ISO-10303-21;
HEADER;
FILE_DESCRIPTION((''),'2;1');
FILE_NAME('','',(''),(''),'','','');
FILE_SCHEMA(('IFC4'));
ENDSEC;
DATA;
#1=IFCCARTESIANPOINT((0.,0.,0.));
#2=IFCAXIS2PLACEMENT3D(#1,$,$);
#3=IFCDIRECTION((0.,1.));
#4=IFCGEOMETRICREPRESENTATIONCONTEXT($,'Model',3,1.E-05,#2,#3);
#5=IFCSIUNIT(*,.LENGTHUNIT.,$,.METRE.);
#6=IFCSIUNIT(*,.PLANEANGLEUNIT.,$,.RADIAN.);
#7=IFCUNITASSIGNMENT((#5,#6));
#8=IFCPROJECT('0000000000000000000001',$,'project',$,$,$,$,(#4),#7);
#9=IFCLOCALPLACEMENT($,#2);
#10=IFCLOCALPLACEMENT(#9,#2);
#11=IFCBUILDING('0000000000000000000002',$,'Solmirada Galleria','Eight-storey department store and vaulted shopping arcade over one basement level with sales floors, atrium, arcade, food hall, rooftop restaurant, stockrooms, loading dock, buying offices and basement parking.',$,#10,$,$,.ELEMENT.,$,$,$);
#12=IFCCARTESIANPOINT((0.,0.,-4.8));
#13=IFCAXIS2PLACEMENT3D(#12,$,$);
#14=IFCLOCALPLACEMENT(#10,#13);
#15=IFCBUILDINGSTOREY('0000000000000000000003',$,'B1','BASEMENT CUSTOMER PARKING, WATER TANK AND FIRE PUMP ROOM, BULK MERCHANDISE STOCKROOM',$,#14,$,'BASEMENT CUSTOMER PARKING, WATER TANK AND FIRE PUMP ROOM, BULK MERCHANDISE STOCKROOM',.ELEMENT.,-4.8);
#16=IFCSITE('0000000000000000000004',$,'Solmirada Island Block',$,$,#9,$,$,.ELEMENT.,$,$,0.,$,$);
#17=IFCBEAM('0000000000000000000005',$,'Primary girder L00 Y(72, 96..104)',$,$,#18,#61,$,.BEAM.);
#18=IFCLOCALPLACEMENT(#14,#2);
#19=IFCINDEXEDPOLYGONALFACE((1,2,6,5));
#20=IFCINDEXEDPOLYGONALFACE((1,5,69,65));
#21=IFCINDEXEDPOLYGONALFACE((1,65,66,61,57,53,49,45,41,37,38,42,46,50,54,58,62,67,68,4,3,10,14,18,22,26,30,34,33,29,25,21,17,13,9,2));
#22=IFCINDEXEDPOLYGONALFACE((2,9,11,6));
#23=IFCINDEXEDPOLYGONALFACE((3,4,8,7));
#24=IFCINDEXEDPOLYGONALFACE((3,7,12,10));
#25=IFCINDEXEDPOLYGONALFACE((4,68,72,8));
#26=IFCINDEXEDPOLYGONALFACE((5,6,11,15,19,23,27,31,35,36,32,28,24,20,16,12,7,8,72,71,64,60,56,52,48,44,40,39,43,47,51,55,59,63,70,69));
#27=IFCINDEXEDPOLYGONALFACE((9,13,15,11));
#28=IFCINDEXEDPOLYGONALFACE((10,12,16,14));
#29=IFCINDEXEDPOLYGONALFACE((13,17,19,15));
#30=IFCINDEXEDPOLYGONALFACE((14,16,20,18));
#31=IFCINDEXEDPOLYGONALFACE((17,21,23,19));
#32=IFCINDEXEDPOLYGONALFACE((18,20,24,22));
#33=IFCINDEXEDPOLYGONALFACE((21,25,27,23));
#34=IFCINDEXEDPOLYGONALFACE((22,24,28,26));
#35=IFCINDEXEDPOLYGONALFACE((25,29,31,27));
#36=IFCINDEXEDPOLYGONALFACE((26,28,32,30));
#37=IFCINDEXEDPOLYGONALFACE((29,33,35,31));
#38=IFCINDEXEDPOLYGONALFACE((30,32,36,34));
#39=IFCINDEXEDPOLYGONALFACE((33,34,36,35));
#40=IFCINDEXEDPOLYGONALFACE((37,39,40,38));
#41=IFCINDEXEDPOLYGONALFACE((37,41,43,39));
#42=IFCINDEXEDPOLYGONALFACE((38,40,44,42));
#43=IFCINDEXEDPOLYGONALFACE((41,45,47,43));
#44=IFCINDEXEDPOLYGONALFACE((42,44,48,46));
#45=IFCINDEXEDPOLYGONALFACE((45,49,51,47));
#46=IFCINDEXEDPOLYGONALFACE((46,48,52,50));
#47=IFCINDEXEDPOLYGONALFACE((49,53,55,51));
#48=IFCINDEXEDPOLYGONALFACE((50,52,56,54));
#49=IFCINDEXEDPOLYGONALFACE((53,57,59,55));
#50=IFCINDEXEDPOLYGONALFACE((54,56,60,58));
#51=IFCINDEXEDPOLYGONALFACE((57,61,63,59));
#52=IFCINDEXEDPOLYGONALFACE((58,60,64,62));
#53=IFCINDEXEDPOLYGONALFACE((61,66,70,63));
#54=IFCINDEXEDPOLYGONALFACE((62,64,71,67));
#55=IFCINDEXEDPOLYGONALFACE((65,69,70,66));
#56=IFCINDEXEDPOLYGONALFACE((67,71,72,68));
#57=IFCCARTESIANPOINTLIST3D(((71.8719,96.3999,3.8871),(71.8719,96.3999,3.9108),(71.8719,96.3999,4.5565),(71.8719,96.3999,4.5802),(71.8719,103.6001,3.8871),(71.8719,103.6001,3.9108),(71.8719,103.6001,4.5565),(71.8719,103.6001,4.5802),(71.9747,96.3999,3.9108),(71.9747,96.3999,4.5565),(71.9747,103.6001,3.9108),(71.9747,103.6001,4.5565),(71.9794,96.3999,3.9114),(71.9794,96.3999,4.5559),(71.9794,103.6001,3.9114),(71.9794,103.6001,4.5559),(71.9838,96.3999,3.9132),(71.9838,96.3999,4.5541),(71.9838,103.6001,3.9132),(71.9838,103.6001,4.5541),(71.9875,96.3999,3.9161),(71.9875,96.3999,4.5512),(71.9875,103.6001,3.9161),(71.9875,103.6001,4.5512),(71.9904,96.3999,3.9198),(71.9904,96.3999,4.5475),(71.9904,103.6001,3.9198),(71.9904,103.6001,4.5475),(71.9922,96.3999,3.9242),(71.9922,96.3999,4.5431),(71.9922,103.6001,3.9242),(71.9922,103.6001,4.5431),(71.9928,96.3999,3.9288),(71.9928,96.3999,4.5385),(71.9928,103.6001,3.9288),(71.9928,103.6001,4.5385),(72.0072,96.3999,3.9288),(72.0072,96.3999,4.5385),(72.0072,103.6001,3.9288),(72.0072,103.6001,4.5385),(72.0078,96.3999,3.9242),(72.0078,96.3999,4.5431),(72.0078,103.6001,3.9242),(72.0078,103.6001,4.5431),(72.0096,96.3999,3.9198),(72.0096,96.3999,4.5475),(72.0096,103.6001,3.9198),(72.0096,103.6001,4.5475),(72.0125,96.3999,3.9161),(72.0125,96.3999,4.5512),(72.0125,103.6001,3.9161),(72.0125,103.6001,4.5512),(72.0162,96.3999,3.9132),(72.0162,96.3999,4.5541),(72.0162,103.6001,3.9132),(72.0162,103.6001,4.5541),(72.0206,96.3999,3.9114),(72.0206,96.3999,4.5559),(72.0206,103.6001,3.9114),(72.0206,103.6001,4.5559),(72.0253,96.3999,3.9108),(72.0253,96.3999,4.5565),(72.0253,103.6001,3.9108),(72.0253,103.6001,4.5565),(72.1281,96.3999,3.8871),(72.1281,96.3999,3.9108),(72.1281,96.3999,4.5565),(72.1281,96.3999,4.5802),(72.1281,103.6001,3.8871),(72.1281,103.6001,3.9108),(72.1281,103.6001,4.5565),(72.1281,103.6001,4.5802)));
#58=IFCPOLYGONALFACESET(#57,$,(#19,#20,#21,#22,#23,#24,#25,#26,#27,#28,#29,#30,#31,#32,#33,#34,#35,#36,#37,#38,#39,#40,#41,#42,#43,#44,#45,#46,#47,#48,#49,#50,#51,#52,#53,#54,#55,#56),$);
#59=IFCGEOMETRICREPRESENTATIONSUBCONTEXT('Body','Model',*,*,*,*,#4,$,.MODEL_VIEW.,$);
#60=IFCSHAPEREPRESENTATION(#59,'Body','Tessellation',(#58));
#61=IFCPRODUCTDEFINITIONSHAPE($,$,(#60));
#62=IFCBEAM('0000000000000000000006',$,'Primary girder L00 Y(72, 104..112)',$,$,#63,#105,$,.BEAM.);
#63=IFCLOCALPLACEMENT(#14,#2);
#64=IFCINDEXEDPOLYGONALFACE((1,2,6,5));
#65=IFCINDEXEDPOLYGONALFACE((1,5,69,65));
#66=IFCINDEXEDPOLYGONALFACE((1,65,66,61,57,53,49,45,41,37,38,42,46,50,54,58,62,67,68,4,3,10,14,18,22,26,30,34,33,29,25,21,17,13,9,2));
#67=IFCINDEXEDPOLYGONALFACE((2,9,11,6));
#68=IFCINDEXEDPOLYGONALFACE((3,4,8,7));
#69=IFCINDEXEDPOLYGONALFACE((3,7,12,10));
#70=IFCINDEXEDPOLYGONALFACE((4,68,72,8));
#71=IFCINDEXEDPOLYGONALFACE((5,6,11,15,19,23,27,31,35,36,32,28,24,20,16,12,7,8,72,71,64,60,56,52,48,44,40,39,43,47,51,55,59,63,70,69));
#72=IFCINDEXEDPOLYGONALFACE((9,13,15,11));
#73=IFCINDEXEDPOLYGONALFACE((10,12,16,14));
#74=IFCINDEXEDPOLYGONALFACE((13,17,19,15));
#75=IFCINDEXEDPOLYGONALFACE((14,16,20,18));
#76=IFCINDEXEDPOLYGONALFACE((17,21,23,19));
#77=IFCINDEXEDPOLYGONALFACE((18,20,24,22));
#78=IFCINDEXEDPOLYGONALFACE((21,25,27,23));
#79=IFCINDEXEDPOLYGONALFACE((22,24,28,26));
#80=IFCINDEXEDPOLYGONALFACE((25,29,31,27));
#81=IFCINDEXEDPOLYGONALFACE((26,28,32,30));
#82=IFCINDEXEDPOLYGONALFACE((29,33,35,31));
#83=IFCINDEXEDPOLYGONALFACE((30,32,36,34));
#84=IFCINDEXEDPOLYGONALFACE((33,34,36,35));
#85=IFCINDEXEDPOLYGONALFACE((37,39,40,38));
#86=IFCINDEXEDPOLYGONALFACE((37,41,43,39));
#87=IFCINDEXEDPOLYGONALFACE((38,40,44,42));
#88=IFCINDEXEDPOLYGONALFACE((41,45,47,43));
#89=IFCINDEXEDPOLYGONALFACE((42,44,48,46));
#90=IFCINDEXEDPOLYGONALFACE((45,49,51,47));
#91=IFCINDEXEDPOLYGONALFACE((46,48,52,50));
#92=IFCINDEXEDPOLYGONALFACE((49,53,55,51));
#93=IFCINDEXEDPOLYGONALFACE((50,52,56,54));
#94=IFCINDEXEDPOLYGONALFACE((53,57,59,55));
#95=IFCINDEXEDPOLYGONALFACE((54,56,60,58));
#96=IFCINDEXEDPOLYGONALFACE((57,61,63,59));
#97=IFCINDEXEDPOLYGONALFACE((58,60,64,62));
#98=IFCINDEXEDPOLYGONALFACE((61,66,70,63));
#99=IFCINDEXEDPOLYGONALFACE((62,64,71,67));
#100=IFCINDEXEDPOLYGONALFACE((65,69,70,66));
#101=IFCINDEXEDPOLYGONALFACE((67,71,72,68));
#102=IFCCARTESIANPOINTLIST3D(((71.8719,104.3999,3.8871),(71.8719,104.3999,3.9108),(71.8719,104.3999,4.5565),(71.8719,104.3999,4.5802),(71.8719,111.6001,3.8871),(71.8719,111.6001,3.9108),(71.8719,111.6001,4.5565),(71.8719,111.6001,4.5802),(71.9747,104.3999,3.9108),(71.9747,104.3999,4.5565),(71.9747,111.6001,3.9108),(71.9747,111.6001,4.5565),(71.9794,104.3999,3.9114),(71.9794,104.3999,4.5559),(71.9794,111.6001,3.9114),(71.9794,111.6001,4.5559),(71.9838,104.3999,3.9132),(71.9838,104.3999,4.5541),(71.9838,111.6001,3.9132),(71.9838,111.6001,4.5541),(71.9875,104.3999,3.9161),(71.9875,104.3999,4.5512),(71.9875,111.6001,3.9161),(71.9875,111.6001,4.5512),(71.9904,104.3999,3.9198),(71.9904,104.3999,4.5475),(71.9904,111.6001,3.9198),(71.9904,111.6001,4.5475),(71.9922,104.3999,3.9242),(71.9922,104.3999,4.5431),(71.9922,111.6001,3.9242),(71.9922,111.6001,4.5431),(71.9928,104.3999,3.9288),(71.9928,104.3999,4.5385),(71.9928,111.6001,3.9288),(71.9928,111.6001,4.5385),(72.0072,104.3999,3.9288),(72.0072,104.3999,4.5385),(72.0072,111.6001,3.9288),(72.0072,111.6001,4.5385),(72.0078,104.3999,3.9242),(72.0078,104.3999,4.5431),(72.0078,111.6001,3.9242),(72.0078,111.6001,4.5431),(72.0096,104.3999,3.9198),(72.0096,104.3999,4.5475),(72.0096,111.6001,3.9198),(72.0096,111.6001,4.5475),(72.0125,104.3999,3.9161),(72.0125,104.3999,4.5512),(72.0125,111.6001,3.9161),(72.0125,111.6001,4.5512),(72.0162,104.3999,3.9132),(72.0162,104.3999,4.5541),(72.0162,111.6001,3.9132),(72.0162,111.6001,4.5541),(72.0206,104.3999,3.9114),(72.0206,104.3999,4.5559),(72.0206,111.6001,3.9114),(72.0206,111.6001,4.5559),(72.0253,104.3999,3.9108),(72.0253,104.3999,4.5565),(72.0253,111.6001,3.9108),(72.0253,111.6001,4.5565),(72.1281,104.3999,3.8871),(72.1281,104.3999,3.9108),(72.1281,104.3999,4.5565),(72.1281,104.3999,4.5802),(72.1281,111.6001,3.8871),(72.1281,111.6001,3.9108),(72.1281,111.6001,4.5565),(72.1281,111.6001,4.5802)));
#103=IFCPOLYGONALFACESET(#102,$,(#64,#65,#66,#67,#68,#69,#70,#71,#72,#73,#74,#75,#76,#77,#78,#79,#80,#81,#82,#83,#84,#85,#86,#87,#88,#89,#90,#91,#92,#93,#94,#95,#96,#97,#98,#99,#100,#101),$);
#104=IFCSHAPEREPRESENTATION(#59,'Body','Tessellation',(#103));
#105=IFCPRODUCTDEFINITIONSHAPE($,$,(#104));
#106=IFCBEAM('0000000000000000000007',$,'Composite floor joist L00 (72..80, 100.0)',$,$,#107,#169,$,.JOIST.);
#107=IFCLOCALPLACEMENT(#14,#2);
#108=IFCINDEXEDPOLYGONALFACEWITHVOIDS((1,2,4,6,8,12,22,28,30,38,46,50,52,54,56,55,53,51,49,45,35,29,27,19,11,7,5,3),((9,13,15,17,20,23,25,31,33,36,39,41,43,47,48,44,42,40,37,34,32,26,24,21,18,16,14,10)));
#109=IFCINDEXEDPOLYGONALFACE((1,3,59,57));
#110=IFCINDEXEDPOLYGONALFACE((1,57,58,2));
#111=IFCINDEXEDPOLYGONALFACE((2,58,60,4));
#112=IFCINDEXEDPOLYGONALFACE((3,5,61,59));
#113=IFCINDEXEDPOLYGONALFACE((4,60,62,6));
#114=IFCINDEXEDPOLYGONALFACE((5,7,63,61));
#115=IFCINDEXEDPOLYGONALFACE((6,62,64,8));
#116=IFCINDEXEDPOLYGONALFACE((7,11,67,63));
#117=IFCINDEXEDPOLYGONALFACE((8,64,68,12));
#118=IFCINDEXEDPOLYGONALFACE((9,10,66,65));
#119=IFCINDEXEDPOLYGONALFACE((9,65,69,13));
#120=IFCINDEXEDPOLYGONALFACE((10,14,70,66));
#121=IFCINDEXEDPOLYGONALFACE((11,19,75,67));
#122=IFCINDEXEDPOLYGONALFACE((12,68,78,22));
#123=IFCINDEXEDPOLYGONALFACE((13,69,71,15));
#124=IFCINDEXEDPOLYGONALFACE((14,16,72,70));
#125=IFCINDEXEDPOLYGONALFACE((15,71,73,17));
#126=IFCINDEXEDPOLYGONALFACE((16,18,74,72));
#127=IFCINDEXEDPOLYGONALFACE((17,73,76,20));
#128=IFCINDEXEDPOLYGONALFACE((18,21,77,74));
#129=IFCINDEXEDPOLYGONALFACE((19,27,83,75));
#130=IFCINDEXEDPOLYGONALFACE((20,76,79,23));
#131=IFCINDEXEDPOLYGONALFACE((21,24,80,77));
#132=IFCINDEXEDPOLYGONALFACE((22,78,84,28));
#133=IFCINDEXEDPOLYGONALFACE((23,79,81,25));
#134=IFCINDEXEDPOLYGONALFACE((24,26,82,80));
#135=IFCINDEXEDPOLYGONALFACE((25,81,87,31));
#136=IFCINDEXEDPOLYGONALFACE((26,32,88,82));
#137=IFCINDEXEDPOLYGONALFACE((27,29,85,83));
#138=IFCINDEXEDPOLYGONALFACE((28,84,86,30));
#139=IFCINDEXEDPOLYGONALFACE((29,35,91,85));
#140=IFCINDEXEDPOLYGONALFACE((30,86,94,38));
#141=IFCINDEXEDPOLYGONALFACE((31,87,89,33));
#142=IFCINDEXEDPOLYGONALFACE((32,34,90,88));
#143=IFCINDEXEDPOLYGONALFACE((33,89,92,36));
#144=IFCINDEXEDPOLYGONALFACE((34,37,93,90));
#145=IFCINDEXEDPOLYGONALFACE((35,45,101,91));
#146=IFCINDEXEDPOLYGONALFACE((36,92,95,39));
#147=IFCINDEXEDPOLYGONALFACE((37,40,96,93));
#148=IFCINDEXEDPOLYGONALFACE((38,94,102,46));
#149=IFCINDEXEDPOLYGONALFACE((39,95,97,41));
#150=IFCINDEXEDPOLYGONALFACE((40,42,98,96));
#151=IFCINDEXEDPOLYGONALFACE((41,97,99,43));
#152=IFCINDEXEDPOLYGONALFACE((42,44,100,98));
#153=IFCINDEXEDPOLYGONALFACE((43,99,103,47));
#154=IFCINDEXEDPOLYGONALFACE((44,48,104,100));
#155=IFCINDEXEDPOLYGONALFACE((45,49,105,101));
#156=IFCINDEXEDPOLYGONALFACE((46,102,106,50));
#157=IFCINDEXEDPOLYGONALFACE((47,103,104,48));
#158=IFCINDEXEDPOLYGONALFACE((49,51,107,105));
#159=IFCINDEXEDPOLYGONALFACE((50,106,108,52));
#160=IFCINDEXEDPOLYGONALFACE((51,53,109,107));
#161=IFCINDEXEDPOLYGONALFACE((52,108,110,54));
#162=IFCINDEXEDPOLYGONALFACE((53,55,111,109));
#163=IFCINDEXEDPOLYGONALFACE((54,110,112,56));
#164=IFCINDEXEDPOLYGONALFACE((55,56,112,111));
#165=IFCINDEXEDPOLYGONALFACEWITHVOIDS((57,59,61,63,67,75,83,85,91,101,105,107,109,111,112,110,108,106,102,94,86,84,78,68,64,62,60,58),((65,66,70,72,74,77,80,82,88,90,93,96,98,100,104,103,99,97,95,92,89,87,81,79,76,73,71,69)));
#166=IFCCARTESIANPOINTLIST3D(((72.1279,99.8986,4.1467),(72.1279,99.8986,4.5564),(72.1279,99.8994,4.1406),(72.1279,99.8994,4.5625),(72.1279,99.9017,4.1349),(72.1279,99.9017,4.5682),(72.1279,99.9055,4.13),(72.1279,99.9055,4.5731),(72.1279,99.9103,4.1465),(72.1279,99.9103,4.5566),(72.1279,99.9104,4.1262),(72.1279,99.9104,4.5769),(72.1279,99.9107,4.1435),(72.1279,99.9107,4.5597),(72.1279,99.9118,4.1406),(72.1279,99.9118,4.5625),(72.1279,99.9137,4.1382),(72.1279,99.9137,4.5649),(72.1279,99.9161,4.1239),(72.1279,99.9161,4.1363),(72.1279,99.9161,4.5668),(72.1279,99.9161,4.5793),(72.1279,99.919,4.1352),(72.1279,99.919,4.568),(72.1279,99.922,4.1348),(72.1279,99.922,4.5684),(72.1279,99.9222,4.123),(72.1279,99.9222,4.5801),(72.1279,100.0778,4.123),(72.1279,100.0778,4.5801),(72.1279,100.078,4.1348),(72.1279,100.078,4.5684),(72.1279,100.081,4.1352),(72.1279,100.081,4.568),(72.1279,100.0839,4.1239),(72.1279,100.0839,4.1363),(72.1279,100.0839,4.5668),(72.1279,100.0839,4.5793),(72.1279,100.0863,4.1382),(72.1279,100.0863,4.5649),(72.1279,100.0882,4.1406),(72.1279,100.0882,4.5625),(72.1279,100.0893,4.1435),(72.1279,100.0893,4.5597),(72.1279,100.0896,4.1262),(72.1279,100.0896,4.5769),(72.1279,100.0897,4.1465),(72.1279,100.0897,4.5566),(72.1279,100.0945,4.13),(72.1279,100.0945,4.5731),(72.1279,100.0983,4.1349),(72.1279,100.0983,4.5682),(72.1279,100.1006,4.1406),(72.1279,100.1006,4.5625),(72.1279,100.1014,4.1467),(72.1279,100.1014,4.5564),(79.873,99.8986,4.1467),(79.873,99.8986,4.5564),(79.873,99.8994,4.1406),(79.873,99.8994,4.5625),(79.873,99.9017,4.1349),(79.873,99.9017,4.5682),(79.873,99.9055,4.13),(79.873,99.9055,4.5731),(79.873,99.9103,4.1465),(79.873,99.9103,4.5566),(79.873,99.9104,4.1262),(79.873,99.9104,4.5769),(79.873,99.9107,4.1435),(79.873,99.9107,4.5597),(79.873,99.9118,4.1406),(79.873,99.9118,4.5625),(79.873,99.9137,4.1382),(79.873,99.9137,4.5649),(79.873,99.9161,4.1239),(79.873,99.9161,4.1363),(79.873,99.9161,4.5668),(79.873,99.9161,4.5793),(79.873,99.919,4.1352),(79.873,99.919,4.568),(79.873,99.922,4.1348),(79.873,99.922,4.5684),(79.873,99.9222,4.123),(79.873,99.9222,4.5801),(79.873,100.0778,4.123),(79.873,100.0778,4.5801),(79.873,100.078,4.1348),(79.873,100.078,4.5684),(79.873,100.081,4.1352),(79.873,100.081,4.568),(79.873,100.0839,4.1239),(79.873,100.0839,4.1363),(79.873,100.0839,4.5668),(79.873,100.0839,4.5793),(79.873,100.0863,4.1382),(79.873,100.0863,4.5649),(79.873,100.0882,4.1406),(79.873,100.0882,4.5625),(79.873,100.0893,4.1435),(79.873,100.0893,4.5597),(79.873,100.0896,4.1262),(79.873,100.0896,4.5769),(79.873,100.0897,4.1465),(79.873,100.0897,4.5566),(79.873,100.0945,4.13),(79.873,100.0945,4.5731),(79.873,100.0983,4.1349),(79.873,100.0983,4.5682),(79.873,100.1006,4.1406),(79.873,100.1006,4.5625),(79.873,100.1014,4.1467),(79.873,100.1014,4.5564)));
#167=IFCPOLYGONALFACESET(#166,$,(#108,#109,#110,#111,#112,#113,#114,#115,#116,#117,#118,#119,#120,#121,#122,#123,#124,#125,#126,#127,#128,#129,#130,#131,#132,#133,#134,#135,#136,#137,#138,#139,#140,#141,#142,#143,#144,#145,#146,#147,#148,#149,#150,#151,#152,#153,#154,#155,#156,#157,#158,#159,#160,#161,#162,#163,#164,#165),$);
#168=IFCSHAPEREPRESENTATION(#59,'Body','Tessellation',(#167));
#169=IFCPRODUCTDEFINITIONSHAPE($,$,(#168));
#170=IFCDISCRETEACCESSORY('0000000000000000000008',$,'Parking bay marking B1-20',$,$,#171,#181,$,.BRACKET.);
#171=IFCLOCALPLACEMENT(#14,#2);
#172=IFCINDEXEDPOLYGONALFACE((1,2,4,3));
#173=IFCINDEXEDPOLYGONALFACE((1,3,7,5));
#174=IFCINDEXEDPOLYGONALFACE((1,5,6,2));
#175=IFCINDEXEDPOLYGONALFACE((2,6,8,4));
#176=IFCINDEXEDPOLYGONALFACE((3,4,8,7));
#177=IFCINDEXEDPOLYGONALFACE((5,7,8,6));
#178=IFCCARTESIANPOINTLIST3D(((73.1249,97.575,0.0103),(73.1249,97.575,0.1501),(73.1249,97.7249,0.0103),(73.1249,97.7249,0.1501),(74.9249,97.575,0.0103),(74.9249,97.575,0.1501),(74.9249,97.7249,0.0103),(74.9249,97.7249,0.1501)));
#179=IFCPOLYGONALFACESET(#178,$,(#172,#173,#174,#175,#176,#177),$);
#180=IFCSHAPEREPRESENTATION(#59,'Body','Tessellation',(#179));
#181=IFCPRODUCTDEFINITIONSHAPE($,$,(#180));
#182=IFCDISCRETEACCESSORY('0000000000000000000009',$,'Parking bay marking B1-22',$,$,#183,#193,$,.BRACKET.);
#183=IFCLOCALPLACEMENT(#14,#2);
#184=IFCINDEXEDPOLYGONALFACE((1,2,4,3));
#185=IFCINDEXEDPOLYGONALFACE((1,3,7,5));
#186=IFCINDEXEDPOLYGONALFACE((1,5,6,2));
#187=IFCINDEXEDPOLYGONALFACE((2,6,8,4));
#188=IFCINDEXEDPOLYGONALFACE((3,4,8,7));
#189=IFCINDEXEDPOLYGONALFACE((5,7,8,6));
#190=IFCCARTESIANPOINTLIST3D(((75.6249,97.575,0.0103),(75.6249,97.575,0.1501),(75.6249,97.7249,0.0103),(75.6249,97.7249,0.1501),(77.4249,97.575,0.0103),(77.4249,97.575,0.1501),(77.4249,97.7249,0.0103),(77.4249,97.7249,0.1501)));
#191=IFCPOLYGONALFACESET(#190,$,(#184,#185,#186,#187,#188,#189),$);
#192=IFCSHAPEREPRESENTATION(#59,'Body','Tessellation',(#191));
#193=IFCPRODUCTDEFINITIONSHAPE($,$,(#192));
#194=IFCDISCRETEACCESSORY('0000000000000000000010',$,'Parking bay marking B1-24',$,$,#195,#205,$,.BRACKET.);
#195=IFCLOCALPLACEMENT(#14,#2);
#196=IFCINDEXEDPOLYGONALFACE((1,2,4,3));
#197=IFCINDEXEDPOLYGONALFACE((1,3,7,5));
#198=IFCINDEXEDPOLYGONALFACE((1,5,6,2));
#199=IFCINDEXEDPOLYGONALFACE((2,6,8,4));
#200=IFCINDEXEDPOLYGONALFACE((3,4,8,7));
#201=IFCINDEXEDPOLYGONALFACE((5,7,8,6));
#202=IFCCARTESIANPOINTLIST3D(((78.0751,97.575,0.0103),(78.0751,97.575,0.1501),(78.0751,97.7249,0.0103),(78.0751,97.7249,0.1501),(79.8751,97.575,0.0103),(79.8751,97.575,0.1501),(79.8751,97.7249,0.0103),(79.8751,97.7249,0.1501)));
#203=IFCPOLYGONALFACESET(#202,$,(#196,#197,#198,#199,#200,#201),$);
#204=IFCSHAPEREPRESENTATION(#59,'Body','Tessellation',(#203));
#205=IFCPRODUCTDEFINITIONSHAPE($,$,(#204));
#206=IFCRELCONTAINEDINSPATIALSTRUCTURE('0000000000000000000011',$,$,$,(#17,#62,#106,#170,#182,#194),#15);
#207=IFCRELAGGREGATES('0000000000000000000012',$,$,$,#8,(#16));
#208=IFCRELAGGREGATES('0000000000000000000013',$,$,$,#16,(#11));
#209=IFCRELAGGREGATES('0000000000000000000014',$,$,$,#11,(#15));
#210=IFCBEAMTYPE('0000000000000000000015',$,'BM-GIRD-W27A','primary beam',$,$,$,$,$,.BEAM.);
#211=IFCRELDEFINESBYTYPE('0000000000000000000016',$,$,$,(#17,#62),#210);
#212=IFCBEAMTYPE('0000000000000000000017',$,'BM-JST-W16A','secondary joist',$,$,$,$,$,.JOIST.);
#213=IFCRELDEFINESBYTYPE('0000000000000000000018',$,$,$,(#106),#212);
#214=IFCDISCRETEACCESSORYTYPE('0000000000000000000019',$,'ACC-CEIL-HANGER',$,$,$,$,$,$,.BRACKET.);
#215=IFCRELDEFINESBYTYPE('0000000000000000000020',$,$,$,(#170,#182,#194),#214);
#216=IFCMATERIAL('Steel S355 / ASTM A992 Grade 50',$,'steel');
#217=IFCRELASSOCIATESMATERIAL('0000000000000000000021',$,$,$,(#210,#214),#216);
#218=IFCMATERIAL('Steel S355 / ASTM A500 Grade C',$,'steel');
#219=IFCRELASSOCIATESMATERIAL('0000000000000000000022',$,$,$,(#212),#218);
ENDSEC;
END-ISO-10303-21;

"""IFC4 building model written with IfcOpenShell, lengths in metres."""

from ifc_helpers import new_model, si_unit, direction, frame, origin, origin_2d, place, context, subcontext, project, spatial, rectangle, hollow_rectangle, i_section, extrude, material, material_profile, profile_set, type_object, element, save


model = new_model("IFC4")

# Units and contexts
model_context = context("Model", 3, precision=1e-05, world=origin(), true_north=direction((0.0, 1.0)))
body_context = subcontext(model_context, "Body", "Model", "MODEL_VIEW")
ifc_project = project(units=[si_unit("LENGTHUNIT", "METRE"), si_unit("PLANEANGLEUNIT", "RADIAN")], contexts=[model_context])

# Site, building, storey
site_placement = place(None, origin())
site = spatial("IfcSite", under=ifc_project, at=site_placement, Name="Solmirada Island Block", CompositionType="ELEMENT", RefElevation=0.0)
building_placement = place(site_placement, origin())
building = spatial("IfcBuilding", under=site, at=building_placement, Name="Solmirada Galleria", Description="Eight-storey department store and vaulted shopping arcade over one basement level with sales floors, atrium, arcade, food hall, rooftop restaurant, stockrooms, loading dock, buying offices and basement parking.", CompositionType="ELEMENT")
storey_placement = place(building_placement, frame((0.0, 0.0, -4.8)))
storey = spatial("IfcBuildingStorey", under=building, at=storey_placement, Name="B1", Description="BASEMENT CUSTOMER PARKING, WATER TANK AND FIRE PUMP ROOM, BULK MERCHANDISE STOCKROOM", LongName="BASEMENT CUSTOMER PARKING, WATER TANK AND FIRE PUMP ROOM, BULK MERCHANDISE STOCKROOM", CompositionType="ELEMENT", Elevation=-4.8)

# Beams
ifc_material_1 = material(Name="Steel S355 / ASTM A992 Grade 50", Category="steel")
ifc_material_profile_1 = material_profile(ifc_material_1, i_section(OverallWidth=0.2561, OverallDepth=0.6931, WebThickness=0.0144, FlangeThickness=0.0237, FilletRadius=0.0181, at=origin_2d()), Name="W27X114")
ifc_profile_set_1 = profile_set([ifc_material_profile_1], Name="Steel S355 / ASTM A992 Grade 50")
beam_type_1 = type_object("IfcBeamType", Name="BM-GIRD-W27A", Description="primary beam", PredefinedType="BEAM", material=ifc_profile_set_1)
for number, where, z_axis, x_axis, name in (
    (1, (72.0, 96.3999, 4.2336), (0.0, 1.0, 0.0), (-1.0, 0.0, 0.0), "Primary girder L00 Y(72, 96..104)"),
    (2, (72.0, 104.3999, 4.2336), (0.0, 1.0, 0.0), (-1.0, 0.0, 0.0), "Primary girder L00 Y(72, 104..112)"),
):
    element("IfcBeam", number, at=place(storey_placement, frame(where, z_axis=z_axis, x_axis=x_axis)), inside=storey, type_object=beam_type_1, Name=name, PredefinedType="BEAM", context=body_context, shape_type="SweptSolid", body=[
        extrude(i_section(OverallWidth=0.2561, OverallDepth=0.6931, WebThickness=0.0144, FlangeThickness=0.0237, FilletRadius=0.0181, at=origin_2d()), origin(), (0.0, 0.0, 1.0), 7.2002),
    ])
ifc_material_2 = material(Name="Steel S355 / ASTM A500 Grade C", Category="steel")
ifc_material_profile_2 = material_profile(ifc_material_2, hollow_rectangle(XDim=0.2029, YDim=0.457, WallThickness=0.0117, InnerFilletRadius=0.0117, OuterFilletRadius=0.0237, at=origin_2d()), Name="HSS18X8X1/2")
ifc_profile_set_2 = profile_set([ifc_material_profile_2], Name="Steel S355 / ASTM A500 Grade C")
beam_type_2 = type_object("IfcBeamType", Name="BM-JST-W16A", Description="secondary joist", PredefinedType="JOIST", material=ifc_profile_set_2)
beam_1_placement = place(storey_placement, frame((72.1279, 100.0, 4.3516), z_axis=(1.0, 0.0, 0.0), x_axis=(0.0, 1.0, 0.0)))
element("IfcBeam", 3, at=beam_1_placement, inside=storey, type_object=beam_type_2, Name="Composite floor joist L00 (72..80, 100.0)", PredefinedType="JOIST", context=body_context, shape_type="SweptSolid", body=[
    extrude(hollow_rectangle(XDim=0.2029, YDim=0.457, WallThickness=0.0117, InnerFilletRadius=0.0117, OuterFilletRadius=0.0237, at=origin_2d()), origin(), (0.0, 0.0, 1.0), 7.7451),
])

# Discrete accessories
discrete_accessory_type_1 = type_object("IfcDiscreteAccessoryType", Name="ACC-CEIL-HANGER", PredefinedType="BRACKET", material=ifc_material_1)
for number, where, z_axis, x_axis, name in (
    (4, (74.0249, 97.6499, 0.0103), (0.0, 0.0, 1.0), (1.0, 0.0, 0.0), "Parking bay marking B1-20"),
    (5, (76.5249, 97.6499, 0.0103), (0.0, 0.0, 1.0), (1.0, 0.0, 0.0), "Parking bay marking B1-22"),
    (6, (78.9751, 97.6499, 0.0103), (0.0, 0.0, 1.0), (1.0, 0.0, 0.0), "Parking bay marking B1-24"),
):
    element("IfcDiscreteAccessory", number, at=place(storey_placement, frame(where, z_axis=z_axis, x_axis=x_axis)), inside=storey, type_object=discrete_accessory_type_1, Name=name, PredefinedType="BRACKET", context=body_context, shape_type="SweptSolid", body=[
        extrude(rectangle(XDim=1.8, YDim=0.1499, at=origin_2d()), origin(), (0.0, 0.0, 1.0), 0.1399),
    ])

save(model, "model.ifc")
